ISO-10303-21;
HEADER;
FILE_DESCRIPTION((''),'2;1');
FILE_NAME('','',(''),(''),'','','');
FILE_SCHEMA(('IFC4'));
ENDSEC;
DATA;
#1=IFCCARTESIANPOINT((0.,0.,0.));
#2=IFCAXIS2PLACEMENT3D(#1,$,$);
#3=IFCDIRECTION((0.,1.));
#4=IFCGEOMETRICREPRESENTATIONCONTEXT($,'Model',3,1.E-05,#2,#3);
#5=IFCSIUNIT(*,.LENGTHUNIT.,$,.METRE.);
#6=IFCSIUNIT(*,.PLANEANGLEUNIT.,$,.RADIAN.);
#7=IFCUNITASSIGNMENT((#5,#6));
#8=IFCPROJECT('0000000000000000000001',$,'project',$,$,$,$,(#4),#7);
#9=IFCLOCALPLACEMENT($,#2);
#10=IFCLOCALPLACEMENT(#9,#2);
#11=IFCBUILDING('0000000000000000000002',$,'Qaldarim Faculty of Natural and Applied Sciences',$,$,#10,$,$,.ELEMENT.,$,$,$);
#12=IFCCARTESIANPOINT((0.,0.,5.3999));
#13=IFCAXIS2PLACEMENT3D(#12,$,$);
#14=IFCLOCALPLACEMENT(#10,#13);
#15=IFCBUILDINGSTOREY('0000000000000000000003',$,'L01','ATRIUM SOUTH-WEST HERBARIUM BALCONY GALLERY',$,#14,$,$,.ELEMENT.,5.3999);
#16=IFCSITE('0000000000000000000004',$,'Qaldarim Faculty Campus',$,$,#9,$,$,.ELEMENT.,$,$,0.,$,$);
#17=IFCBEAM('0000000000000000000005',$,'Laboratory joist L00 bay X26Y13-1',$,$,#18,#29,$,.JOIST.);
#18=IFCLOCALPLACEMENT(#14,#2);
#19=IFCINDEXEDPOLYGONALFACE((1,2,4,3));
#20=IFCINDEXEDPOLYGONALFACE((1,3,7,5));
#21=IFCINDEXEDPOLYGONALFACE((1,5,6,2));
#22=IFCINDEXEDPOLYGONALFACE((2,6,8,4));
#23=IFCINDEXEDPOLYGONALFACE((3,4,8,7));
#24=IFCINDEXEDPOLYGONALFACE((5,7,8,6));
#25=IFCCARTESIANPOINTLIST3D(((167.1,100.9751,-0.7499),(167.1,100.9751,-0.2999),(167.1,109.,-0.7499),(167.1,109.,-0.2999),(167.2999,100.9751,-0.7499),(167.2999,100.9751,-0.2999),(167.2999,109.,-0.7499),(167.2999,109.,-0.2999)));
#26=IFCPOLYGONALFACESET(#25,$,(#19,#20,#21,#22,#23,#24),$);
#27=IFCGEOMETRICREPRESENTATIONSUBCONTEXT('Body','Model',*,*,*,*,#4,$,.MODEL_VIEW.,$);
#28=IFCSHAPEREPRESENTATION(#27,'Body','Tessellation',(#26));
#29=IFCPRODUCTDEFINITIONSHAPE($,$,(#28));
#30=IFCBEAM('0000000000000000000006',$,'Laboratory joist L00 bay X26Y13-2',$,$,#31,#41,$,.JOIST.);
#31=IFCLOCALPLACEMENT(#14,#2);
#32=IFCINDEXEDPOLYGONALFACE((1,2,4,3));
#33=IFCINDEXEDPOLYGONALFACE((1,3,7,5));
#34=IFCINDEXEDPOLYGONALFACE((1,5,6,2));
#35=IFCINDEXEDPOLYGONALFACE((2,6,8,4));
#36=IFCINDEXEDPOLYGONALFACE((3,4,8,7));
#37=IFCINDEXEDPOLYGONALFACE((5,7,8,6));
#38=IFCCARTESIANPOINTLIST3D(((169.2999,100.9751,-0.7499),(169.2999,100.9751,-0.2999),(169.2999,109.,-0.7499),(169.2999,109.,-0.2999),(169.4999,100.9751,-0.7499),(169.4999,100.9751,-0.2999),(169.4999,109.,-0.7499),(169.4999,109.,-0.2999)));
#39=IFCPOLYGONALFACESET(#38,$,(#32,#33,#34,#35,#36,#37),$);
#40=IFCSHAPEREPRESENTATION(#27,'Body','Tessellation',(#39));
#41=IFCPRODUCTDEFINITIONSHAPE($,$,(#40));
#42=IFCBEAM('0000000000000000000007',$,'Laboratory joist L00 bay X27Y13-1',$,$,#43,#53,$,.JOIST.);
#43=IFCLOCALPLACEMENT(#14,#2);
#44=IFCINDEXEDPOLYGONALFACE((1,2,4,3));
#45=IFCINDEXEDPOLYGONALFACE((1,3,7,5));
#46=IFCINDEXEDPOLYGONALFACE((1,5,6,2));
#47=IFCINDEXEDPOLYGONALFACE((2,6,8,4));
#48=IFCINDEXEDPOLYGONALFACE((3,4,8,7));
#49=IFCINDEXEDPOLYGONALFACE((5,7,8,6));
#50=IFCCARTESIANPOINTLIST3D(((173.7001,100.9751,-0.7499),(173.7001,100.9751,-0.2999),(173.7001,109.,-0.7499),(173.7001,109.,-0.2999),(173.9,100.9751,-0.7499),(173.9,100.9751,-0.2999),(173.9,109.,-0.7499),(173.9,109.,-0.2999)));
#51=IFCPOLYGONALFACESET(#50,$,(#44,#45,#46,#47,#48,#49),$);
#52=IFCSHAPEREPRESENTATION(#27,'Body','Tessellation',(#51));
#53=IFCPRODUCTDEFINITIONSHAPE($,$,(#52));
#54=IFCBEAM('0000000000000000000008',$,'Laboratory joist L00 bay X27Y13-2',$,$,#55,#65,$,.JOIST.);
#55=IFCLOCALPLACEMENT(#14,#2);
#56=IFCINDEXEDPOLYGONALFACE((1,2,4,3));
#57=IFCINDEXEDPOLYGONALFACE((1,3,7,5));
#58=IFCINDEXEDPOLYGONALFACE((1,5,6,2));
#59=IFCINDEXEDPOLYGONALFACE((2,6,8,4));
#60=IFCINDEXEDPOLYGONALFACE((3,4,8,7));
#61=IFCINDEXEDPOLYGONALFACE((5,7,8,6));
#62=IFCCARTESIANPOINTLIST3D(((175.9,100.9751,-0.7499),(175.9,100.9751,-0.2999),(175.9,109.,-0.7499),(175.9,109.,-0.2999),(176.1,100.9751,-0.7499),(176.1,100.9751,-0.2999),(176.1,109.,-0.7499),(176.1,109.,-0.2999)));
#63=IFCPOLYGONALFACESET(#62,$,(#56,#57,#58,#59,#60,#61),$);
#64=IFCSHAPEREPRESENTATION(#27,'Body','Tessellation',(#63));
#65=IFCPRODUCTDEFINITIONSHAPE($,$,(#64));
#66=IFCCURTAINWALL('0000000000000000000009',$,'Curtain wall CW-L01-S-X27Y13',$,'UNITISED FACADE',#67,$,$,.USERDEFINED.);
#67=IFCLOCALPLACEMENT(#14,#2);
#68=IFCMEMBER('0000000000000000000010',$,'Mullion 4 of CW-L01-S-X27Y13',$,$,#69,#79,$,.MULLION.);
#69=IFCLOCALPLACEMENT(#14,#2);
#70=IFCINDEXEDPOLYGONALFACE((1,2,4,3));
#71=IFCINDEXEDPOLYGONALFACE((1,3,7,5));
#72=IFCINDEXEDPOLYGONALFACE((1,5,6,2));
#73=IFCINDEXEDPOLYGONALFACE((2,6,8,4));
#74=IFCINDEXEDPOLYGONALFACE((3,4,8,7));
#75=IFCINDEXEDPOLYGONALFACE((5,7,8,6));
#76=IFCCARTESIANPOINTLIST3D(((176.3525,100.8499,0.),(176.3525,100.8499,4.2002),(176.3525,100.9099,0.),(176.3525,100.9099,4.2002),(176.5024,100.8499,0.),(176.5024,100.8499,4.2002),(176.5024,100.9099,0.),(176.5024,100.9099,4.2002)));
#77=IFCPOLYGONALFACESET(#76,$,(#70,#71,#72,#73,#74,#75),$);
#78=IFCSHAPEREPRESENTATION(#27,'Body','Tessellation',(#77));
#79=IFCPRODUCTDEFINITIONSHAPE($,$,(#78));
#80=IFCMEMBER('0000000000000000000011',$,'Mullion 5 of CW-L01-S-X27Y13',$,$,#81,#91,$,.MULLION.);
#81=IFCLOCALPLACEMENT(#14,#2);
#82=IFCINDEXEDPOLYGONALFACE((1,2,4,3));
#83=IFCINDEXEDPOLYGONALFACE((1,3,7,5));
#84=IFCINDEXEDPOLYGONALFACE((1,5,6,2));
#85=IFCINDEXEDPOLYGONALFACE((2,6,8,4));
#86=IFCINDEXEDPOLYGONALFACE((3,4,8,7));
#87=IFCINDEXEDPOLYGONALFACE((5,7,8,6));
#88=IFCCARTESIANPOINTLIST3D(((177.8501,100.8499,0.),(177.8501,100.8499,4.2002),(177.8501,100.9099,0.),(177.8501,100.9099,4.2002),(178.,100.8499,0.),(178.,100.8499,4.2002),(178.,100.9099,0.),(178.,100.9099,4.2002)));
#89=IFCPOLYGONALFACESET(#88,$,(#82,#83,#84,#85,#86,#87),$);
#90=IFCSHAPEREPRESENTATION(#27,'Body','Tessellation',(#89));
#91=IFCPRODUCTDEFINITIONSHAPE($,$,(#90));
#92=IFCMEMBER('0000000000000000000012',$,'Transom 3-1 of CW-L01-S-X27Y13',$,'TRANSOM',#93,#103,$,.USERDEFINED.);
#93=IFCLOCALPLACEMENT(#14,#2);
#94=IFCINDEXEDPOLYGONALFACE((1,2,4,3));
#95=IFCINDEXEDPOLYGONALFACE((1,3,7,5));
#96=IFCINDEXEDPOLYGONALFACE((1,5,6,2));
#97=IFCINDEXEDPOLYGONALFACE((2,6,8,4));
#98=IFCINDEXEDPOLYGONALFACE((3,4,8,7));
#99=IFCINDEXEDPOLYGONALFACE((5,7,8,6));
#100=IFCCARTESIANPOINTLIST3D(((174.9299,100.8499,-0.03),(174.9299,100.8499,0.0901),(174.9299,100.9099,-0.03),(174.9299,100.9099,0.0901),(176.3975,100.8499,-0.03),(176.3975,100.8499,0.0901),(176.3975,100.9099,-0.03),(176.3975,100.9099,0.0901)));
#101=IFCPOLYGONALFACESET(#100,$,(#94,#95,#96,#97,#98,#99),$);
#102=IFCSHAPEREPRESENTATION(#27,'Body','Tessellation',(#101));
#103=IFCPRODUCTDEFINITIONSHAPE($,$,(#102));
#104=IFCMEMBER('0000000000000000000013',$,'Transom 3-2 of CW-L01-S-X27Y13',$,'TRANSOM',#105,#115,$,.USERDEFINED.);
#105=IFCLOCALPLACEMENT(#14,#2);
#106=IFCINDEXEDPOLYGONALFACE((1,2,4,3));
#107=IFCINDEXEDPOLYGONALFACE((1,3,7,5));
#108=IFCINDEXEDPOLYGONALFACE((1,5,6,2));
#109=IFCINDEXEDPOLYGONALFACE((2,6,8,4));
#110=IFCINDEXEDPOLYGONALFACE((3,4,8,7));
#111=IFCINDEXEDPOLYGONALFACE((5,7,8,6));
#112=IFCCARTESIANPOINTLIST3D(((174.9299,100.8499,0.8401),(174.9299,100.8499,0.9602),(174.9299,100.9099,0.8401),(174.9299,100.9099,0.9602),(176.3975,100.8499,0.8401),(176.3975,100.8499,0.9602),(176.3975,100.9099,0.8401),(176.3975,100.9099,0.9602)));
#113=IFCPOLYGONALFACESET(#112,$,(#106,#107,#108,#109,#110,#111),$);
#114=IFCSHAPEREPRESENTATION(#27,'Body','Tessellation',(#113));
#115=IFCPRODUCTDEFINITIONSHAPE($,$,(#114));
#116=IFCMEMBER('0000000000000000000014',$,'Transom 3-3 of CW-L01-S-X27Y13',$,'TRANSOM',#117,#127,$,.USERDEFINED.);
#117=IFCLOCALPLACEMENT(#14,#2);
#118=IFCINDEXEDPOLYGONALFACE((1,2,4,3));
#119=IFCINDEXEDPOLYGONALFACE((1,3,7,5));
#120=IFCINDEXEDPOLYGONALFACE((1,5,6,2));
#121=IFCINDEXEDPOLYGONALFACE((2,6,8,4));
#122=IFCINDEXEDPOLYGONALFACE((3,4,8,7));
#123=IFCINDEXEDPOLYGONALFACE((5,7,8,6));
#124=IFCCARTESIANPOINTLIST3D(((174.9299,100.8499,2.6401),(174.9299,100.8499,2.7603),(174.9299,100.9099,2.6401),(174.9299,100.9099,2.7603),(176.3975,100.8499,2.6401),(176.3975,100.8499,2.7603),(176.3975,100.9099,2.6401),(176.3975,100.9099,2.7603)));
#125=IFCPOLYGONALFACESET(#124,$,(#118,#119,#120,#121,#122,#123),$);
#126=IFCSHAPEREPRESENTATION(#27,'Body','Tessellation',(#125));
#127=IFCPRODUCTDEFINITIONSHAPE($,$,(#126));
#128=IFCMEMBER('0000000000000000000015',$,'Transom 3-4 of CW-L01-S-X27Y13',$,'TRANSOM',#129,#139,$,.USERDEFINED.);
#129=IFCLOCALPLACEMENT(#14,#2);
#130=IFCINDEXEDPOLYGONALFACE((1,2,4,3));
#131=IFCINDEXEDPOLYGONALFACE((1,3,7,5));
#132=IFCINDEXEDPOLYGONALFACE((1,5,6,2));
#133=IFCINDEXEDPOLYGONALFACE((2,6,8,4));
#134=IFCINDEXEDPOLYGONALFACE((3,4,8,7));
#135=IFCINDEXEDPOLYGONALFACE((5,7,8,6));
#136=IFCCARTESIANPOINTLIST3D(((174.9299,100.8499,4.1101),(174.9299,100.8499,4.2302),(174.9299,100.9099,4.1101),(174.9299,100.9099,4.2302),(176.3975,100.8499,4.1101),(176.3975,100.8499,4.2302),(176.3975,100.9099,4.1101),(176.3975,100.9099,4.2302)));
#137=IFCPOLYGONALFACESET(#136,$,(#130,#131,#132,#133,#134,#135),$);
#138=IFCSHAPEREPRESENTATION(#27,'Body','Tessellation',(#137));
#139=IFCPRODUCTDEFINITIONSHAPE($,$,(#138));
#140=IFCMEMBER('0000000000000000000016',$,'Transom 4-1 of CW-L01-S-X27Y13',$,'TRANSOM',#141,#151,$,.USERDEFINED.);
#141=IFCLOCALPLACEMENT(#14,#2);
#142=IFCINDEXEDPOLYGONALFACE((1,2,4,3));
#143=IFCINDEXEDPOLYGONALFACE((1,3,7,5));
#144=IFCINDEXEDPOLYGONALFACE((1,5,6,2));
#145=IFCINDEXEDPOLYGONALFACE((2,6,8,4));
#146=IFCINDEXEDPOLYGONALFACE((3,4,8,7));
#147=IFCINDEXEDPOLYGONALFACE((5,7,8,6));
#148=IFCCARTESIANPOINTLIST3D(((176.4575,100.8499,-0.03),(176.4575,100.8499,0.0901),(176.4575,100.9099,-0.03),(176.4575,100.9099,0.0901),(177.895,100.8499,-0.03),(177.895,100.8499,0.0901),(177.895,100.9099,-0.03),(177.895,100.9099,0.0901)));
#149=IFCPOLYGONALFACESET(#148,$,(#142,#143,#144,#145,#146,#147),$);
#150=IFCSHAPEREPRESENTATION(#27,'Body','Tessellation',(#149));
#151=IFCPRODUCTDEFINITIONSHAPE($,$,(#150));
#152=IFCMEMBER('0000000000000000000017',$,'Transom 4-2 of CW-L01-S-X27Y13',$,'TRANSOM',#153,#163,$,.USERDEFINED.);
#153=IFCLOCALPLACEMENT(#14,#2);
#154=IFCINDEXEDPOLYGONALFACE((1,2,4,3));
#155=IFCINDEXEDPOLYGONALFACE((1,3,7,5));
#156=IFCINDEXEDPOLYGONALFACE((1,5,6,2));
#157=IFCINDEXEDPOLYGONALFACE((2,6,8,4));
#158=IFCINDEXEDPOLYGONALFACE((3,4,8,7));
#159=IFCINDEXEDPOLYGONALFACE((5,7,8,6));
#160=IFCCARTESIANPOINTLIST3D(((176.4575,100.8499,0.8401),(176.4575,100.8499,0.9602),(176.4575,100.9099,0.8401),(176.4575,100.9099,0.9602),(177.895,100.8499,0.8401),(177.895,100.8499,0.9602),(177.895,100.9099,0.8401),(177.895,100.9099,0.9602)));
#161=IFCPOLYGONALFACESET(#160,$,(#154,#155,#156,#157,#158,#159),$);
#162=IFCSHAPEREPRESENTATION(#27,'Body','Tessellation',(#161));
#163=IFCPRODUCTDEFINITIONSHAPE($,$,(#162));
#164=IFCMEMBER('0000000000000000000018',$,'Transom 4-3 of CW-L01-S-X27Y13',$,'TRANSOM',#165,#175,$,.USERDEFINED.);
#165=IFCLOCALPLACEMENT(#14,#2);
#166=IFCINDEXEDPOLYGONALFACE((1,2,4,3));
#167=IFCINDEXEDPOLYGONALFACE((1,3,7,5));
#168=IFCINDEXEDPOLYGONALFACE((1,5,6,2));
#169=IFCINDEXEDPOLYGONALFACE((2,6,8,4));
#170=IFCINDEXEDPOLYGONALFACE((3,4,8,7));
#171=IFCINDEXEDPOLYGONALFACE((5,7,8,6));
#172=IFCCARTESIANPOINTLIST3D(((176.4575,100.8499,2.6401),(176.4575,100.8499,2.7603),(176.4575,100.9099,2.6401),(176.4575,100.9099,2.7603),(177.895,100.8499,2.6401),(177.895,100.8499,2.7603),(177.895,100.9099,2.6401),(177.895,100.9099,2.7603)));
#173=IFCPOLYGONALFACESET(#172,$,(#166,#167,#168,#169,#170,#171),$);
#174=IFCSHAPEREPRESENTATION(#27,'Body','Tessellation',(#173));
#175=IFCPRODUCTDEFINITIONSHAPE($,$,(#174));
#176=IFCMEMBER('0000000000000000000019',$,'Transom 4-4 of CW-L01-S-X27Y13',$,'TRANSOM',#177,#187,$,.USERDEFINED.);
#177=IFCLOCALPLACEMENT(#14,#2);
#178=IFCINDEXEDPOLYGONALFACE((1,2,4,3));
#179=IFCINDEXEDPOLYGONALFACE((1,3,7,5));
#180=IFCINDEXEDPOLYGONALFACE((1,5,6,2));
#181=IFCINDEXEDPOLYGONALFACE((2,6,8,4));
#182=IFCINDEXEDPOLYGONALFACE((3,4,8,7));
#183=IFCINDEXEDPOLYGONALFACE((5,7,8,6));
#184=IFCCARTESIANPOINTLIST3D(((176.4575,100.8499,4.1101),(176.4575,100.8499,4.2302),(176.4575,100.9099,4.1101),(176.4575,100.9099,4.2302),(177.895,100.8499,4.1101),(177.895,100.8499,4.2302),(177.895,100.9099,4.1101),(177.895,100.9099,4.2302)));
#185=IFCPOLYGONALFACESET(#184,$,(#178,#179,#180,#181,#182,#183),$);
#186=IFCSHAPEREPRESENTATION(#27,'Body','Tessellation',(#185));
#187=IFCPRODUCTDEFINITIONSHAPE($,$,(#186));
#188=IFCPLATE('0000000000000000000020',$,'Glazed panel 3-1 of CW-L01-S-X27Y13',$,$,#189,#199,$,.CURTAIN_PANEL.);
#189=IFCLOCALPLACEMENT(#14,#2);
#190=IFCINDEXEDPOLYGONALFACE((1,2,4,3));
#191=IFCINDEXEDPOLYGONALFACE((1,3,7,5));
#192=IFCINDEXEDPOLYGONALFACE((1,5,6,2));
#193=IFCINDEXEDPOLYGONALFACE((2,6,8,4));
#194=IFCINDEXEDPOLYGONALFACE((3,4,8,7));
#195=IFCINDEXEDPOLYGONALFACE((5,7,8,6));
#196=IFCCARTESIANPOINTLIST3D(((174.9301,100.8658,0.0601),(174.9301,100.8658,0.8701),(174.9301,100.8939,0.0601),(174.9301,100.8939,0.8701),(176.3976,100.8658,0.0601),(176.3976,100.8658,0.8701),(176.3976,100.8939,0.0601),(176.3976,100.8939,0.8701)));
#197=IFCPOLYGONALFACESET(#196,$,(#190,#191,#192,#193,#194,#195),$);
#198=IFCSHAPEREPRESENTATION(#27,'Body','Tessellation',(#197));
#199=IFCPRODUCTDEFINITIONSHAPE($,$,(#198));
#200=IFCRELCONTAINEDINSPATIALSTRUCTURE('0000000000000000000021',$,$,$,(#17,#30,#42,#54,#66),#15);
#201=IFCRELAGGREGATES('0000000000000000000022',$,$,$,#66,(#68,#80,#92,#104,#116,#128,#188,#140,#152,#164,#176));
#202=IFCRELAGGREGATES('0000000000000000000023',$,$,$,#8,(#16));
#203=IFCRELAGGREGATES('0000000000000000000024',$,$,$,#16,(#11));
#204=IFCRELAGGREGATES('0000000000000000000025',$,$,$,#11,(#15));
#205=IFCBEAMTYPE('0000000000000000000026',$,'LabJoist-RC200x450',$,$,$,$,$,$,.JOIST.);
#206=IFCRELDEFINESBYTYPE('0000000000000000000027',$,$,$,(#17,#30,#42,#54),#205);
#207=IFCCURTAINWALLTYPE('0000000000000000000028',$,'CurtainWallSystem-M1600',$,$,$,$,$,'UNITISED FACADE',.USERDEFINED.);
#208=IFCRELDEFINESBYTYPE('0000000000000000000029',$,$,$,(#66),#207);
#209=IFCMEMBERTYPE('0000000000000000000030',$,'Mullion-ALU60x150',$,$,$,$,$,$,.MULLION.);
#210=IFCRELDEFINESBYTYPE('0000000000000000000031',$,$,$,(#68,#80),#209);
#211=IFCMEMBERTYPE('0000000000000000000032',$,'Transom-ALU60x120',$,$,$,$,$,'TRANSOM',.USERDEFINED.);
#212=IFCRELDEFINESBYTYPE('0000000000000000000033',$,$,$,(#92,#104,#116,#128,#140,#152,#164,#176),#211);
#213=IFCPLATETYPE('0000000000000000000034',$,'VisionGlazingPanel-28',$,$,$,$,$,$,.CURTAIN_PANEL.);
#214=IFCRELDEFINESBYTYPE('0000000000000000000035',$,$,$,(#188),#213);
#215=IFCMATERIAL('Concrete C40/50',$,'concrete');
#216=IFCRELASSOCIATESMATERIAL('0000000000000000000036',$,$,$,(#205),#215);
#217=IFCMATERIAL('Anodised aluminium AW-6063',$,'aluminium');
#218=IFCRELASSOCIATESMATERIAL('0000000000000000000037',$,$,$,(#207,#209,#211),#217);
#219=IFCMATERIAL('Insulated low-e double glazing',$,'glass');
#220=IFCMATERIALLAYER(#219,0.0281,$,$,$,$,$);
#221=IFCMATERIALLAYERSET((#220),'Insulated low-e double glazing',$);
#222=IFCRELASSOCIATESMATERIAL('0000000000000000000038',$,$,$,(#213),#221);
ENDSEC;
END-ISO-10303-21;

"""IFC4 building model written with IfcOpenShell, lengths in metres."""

from ifc_helpers import new_model, si_unit, direction, frame, origin, origin_2d, place, context, subcontext, project, spatial, rectangle, extrude, material, layer, layer_set, material_profile, profile_set, type_object, element, aggregate, save


model = new_model("IFC4")

# Units and contexts
model_context = context("Model", 3, precision=1e-05, world=origin(), true_north=direction((0.0, 1.0)))
body_context = subcontext(model_context, "Body", "Model", "MODEL_VIEW")
ifc_project = project(units=[si_unit("LENGTHUNIT", "METRE"), si_unit("PLANEANGLEUNIT", "RADIAN")], contexts=[model_context])

# Site, building, storey
site_placement = place(None, origin())
site = spatial("IfcSite", under=ifc_project, at=site_placement, Name="Qaldarim Faculty Campus", CompositionType="ELEMENT", RefElevation=0.0)
building_placement = place(site_placement, origin())
building = spatial("IfcBuilding", under=site, at=building_placement, Name="Qaldarim Faculty of Natural and Applied Sciences", CompositionType="ELEMENT")
storey_placement = place(building_placement, frame((0.0, 0.0, 5.3999)))
storey = spatial("IfcBuildingStorey", under=building, at=storey_placement, Name="L01", Description="ATRIUM SOUTH-WEST HERBARIUM BALCONY GALLERY", CompositionType="ELEMENT", Elevation=5.3999)

# Beams
ifc_material_1 = material(Name="Concrete C40/50", Category="concrete")
ifc_material_profile_1 = material_profile(ifc_material_1, rectangle(XDim=0.2, YDim=0.45, at=origin_2d()), Name="RC-J200x450")
ifc_profile_set_1 = profile_set([ifc_material_profile_1], Name="Concrete C40/50")
beam_type = type_object("IfcBeamType", Name="LabJoist-RC200x450", PredefinedType="JOIST", material=ifc_profile_set_1)
for number, where, z_axis, x_axis, name in (
    (1, (167.2, 100.9751, -0.5249), (0.0, 1.0, 0.0), (-1.0, 0.0, 0.0), "Laboratory joist L00 bay X26Y13-1"),
    (2, (169.3999, 100.9751, -0.5249), (0.0, 1.0, 0.0), (-1.0, 0.0, 0.0), "Laboratory joist L00 bay X26Y13-2"),
    (3, (173.8, 100.9751, -0.5249), (0.0, 1.0, 0.0), (-1.0, 0.0, 0.0), "Laboratory joist L00 bay X27Y13-1"),
    (4, (176.0, 100.9751, -0.5249), (0.0, 1.0, 0.0), (-1.0, 0.0, 0.0), "Laboratory joist L00 bay X27Y13-2"),
):
    element("IfcBeam", number, at=place(storey_placement, frame(where, z_axis=z_axis, x_axis=x_axis)), inside=storey, type_object=beam_type, Name=name, PredefinedType="JOIST", context=body_context, shape_type="SweptSolid", body=[
        extrude(rectangle(XDim=0.2, YDim=0.45, at=origin_2d()), origin(), (0.0, 0.0, 1.0), 8.0249),
    ])

# Curtain wall, members, plate
ifc_material_2 = material(Name="Anodised aluminium AW-6063", Category="aluminium")
curtain_wall_type = type_object("IfcCurtainWallType", Name="CurtainWallSystem-M1600", ElementType="UNITISED FACADE", PredefinedType="USERDEFINED", material=ifc_material_2)
curtain_wall_placement = place(storey_placement, origin())
curtain_wall = element("IfcCurtainWall", 5, at=curtain_wall_placement, inside=storey, type_object=curtain_wall_type, Name="Curtain wall CW-L01-S-X27Y13", ObjectType="UNITISED FACADE", PredefinedType="USERDEFINED")
ifc_material_profile_2 = material_profile(ifc_material_2, rectangle(XDim=0.0601, YDim=0.1499, at=origin_2d()), Name="ALU-M60x150")
ifc_profile_set_2 = profile_set([ifc_material_profile_2], Name="Anodised aluminium AW-6063")
member_type_1 = type_object("IfcMemberType", Name="Mullion-ALU60x150", PredefinedType="MULLION", material=ifc_profile_set_2)
member_1_placement = place(storey_placement, frame((176.4275, 100.8799, 0.0), z_axis=(0.0, 0.0, 1.0), x_axis=(0.0, 1.0, 0.0)))
member_1 = element("IfcMember", 6, at=member_1_placement, type_object=member_type_1, Name="Mullion 4 of CW-L01-S-X27Y13", PredefinedType="MULLION", context=body_context, shape_type="SweptSolid", body=[
    extrude(rectangle(XDim=0.0601, YDim=0.1499, at=origin_2d()), origin(), (0.0, 0.0, 1.0), 4.2002),
])
member_2_placement = place(storey_placement, frame((177.925, 100.8799, 0.0), z_axis=(0.0, 0.0, 1.0), x_axis=(0.0, 1.0, 0.0)))
member_2 = element("IfcMember", 7, at=member_2_placement, type_object=member_type_1, Name="Mullion 5 of CW-L01-S-X27Y13", PredefinedType="MULLION", context=body_context, shape_type="SweptSolid", body=[
    extrude(rectangle(XDim=0.0601, YDim=0.1499, at=origin_2d()), origin(), (0.0, 0.0, 1.0), 4.2002),
])
ifc_material_profile_3 = material_profile(ifc_material_2, rectangle(XDim=0.0601, YDim=0.1201, at=origin_2d()), Name="ALU-T60x120")
ifc_profile_set_3 = profile_set([ifc_material_profile_3], Name="Anodised aluminium AW-6063")
member_type_2 = type_object("IfcMemberType", Name="Transom-ALU60x120", ElementType="TRANSOM", PredefinedType="USERDEFINED", material=ifc_profile_set_3)
member_3_placement = place(storey_placement, frame((174.9299, 100.8799, 0.03), z_axis=(1.0, 0.0, 0.0), x_axis=(0.0, 1.0, 0.0)))
member_3 = element("IfcMember", 8, at=member_3_placement, type_object=member_type_2, Name="Transom 3-1 of CW-L01-S-X27Y13", ObjectType="TRANSOM", PredefinedType="USERDEFINED", context=body_context, shape_type="SweptSolid", body=[
    extrude(rectangle(XDim=0.0601, YDim=0.1201, at=origin_2d()), origin(), (0.0, 0.0, 1.0), 1.4675),
])
member_4_placement = place(storey_placement, frame((174.9299, 100.8799, 0.9001), z_axis=(1.0, 0.0, 0.0), x_axis=(0.0, 1.0, 0.0)))
member_4 = element("IfcMember", 9, at=member_4_placement, type_object=member_type_2, Name="Transom 3-2 of CW-L01-S-X27Y13", ObjectType="TRANSOM", PredefinedType="USERDEFINED", context=body_context, shape_type="SweptSolid", body=[
    extrude(rectangle(XDim=0.0601, YDim=0.1201, at=origin_2d()), origin(), (0.0, 0.0, 1.0), 1.4675),
])
member_5_placement = place(storey_placement, frame((174.9299, 100.8799, 2.7002), z_axis=(1.0, 0.0, 0.0), x_axis=(0.0, 1.0, 0.0)))
member_5 = element("IfcMember", 10, at=member_5_placement, type_object=member_type_2, Name="Transom 3-3 of CW-L01-S-X27Y13", ObjectType="TRANSOM", PredefinedType="USERDEFINED", context=body_context, shape_type="SweptSolid", body=[
    extrude(rectangle(XDim=0.0601, YDim=0.1201, at=origin_2d()), origin(), (0.0, 0.0, 1.0), 1.4675),
])
member_6_placement = place(storey_placement, frame((174.9299, 100.8799, 4.1702), z_axis=(1.0, 0.0, 0.0), x_axis=(0.0, 1.0, 0.0)))
member_6 = element("IfcMember", 11, at=member_6_placement, type_object=member_type_2, Name="Transom 3-4 of CW-L01-S-X27Y13", ObjectType="TRANSOM", PredefinedType="USERDEFINED", context=body_context, shape_type="SweptSolid", body=[
    extrude(rectangle(XDim=0.0601, YDim=0.1201, at=origin_2d()), origin(), (0.0, 0.0, 1.0), 1.4675),
])
member_7_placement = place(storey_placement, frame((176.4575, 100.8799, 0.03), z_axis=(1.0, 0.0, 0.0), x_axis=(0.0, 1.0, 0.0)))
member_7 = element("IfcMember", 12, at=member_7_placement, type_object=member_type_2, Name="Transom 4-1 of CW-L01-S-X27Y13", ObjectType="TRANSOM", PredefinedType="USERDEFINED", context=body_context, shape_type="SweptSolid", body=[
    extrude(rectangle(XDim=0.0601, YDim=0.1201, at=origin_2d()), origin(), (0.0, 0.0, 1.0), 1.4375),
])
member_8_placement = place(storey_placement, frame((176.4575, 100.8799, 0.9001), z_axis=(1.0, 0.0, 0.0), x_axis=(0.0, 1.0, 0.0)))
member_8 = element("IfcMember", 13, at=member_8_placement, type_object=member_type_2, Name="Transom 4-2 of CW-L01-S-X27Y13", ObjectType="TRANSOM", PredefinedType="USERDEFINED", context=body_context, shape_type="SweptSolid", body=[
    extrude(rectangle(XDim=0.0601, YDim=0.1201, at=origin_2d()), origin(), (0.0, 0.0, 1.0), 1.4375),
])
member_9_placement = place(storey_placement, frame((176.4575, 100.8799, 2.7002), z_axis=(1.0, 0.0, 0.0), x_axis=(0.0, 1.0, 0.0)))
member_9 = element("IfcMember", 14, at=member_9_placement, type_object=member_type_2, Name="Transom 4-3 of CW-L01-S-X27Y13", ObjectType="TRANSOM", PredefinedType="USERDEFINED", context=body_context, shape_type="SweptSolid", body=[
    extrude(rectangle(XDim=0.0601, YDim=0.1201, at=origin_2d()), origin(), (0.0, 0.0, 1.0), 1.4375),
])
member_10_placement = place(storey_placement, frame((176.4575, 100.8799, 4.1702), z_axis=(1.0, 0.0, 0.0), x_axis=(0.0, 1.0, 0.0)))
member_10 = element("IfcMember", 15, at=member_10_placement, type_object=member_type_2, Name="Transom 4-4 of CW-L01-S-X27Y13", ObjectType="TRANSOM", PredefinedType="USERDEFINED", context=body_context, shape_type="SweptSolid", body=[
    extrude(rectangle(XDim=0.0601, YDim=0.1201, at=origin_2d()), origin(), (0.0, 0.0, 1.0), 1.4375),
])
ifc_material_3 = material(Name="Insulated low-e double glazing", Category="glass")
ifc_layer_1 = layer(ifc_material_3, 0.0281)
ifc_layer_set_1 = layer_set([ifc_layer_1], Name="Insulated low-e double glazing")
plate_type = type_object("IfcPlateType", Name="VisionGlazingPanel-28", PredefinedType="CURTAIN_PANEL", material=ifc_layer_set_1)
plate_1_placement = place(storey_placement, frame((175.6638, 100.8799, 0.0601), z_axis=(0.0, 0.0, 1.0), x_axis=(1.0, 0.0, 0.0)))
plate_1 = element("IfcPlate", 16, at=plate_1_placement, type_object=plate_type, Name="Glazed panel 3-1 of CW-L01-S-X27Y13", PredefinedType="CURTAIN_PANEL", context=body_context, shape_type="SweptSolid", body=[
    extrude(rectangle(XDim=1.4675, YDim=0.0281, at=origin_2d()), origin(), (0.0, 0.0, 1.0), 0.8101),
])
aggregate(curtain_wall, [member_1, member_2, member_3, member_4, member_5, member_6, plate_1, member_7, member_8, member_9, member_10])

save(model, "model.ifc")
